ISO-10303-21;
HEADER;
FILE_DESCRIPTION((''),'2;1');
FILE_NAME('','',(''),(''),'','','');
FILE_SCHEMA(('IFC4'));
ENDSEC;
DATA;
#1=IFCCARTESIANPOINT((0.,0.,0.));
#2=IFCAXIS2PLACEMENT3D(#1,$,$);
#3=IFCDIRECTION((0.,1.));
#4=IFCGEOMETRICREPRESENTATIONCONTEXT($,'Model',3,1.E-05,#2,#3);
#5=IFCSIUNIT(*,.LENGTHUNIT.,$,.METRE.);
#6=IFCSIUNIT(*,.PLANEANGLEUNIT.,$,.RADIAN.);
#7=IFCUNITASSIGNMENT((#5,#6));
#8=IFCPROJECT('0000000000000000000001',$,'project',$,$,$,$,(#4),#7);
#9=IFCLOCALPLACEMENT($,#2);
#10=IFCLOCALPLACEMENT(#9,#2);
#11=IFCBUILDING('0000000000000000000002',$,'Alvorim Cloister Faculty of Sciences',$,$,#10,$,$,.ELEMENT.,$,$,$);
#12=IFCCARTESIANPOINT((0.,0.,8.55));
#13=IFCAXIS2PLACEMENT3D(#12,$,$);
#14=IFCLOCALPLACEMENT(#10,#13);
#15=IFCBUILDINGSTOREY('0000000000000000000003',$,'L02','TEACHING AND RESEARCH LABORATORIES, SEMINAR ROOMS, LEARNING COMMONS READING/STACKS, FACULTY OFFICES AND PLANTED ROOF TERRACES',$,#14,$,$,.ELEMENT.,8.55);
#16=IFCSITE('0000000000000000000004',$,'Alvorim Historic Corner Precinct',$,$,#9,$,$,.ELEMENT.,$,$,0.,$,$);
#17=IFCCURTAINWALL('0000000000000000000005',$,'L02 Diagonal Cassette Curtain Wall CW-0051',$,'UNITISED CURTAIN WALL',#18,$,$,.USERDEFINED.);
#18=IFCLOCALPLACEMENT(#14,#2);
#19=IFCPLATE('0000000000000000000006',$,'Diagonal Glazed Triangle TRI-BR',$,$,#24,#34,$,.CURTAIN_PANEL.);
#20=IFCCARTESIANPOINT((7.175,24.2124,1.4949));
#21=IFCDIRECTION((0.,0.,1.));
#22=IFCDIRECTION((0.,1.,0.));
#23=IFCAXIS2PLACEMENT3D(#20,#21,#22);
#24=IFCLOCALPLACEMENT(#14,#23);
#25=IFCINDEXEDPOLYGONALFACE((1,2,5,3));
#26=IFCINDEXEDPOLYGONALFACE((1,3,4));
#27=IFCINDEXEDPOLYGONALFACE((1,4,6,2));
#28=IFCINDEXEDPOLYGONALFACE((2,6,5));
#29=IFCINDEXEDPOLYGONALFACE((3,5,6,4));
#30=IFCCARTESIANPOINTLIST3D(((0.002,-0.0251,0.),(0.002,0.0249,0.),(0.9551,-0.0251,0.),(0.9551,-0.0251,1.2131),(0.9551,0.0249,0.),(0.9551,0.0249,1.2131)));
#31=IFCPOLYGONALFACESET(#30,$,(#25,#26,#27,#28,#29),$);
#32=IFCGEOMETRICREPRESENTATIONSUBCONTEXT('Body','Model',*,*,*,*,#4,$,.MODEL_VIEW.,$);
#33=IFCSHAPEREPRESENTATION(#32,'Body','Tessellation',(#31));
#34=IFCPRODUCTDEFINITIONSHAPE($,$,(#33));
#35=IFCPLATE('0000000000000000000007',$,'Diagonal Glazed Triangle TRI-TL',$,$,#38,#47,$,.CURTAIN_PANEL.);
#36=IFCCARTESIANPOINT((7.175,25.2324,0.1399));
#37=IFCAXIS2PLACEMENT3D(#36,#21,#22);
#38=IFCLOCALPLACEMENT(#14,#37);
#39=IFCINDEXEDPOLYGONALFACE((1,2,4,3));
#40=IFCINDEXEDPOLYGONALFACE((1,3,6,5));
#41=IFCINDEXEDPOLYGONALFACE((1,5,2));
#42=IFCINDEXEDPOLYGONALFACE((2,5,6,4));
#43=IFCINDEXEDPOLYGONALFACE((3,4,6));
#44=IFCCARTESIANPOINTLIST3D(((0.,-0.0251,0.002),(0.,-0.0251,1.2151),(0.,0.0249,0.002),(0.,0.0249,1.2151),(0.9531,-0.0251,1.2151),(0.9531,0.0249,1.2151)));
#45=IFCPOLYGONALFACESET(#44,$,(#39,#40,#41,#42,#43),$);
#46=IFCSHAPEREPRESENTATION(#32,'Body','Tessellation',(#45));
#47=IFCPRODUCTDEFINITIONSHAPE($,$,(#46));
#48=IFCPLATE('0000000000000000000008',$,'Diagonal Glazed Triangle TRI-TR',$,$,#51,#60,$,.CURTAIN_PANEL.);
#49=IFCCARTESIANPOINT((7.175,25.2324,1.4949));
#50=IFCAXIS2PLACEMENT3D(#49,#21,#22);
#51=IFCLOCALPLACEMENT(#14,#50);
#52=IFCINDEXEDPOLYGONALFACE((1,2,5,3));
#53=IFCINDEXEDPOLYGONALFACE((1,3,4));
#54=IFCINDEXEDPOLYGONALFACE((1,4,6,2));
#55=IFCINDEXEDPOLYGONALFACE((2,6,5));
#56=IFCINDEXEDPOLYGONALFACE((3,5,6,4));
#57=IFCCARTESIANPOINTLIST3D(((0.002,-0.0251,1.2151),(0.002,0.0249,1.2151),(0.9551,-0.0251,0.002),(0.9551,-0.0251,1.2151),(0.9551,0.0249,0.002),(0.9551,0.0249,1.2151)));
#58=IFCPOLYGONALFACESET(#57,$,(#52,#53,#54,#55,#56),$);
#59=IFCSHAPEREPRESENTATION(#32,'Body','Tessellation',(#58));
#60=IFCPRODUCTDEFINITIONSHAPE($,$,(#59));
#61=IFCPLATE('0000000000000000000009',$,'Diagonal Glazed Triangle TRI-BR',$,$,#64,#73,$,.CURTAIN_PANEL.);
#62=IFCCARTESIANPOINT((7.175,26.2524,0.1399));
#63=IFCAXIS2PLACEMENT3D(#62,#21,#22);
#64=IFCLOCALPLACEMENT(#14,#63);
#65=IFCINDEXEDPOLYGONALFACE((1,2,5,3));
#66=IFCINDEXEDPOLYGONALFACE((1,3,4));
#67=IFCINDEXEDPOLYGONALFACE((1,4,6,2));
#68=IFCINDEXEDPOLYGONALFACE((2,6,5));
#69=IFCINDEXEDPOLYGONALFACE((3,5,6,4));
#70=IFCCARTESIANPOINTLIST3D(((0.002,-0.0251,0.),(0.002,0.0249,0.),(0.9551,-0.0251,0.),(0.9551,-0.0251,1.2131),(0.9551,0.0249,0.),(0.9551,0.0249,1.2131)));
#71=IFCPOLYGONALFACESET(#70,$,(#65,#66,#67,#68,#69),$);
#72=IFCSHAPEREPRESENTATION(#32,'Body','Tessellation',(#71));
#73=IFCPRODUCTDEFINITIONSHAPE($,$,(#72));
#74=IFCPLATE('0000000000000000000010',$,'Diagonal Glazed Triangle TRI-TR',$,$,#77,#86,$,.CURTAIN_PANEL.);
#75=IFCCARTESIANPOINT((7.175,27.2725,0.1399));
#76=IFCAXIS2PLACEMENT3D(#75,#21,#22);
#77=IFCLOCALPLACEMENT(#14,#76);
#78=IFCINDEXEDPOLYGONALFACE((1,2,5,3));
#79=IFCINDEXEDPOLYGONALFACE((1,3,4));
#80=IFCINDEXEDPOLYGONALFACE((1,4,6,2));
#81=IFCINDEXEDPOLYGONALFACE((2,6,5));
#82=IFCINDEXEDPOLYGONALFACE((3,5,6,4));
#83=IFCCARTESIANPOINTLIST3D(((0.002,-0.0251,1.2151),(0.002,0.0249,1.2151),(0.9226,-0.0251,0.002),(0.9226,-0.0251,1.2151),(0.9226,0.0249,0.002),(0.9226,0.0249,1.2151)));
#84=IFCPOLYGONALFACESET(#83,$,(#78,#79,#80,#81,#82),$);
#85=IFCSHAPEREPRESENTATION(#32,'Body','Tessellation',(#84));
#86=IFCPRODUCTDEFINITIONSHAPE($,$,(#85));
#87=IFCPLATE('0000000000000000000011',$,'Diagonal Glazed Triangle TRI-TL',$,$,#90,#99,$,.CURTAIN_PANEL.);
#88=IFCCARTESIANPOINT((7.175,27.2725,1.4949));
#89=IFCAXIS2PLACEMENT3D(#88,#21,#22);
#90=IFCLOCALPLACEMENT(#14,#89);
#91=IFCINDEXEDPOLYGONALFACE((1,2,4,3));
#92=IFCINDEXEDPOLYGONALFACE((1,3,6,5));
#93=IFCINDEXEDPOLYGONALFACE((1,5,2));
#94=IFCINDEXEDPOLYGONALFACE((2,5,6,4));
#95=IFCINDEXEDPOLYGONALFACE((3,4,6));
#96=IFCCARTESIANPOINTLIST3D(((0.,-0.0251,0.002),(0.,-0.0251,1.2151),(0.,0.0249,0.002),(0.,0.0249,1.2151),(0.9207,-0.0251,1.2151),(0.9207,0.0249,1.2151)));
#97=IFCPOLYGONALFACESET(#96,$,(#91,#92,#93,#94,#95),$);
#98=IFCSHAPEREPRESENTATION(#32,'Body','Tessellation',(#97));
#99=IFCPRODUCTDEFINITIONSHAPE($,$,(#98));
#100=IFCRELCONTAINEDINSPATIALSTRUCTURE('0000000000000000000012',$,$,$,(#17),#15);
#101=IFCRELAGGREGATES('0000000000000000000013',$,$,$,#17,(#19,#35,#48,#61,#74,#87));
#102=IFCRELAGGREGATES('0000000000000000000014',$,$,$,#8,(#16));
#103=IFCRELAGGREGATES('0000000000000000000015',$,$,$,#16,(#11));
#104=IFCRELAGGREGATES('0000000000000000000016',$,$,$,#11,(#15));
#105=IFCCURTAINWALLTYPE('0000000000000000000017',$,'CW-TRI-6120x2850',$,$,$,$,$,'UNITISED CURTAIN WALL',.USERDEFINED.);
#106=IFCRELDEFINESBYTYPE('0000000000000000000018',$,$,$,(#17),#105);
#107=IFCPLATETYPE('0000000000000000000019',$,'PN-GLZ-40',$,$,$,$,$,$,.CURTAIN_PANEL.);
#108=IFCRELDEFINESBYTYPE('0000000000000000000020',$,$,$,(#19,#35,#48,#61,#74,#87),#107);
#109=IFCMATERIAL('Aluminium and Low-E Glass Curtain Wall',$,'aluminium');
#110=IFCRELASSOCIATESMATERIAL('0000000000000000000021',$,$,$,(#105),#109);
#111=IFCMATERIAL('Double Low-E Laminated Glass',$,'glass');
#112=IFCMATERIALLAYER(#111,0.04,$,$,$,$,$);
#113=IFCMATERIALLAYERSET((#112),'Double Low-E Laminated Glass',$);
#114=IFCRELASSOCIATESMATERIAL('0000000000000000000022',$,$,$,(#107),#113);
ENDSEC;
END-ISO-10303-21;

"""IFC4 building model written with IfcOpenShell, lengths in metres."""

from ifc_helpers import new_model, si_unit, direction, frame, origin, place, context, subcontext, project, spatial, polyline, outline, extrude, material, layer, layer_set, type_object, element, aggregate, save


model = new_model("IFC4")

# Units and contexts
model_context = context("Model", 3, precision=1e-05, world=origin(), true_north=direction((0.0, 1.0)))
body_context = subcontext(model_context, "Body", "Model", "MODEL_VIEW")
ifc_project = project(units=[si_unit("LENGTHUNIT", "METRE"), si_unit("PLANEANGLEUNIT", "RADIAN")], contexts=[model_context])

# Site, building, storey
site_placement = place(None, origin())
site = spatial("IfcSite", under=ifc_project, at=site_placement, Name="Alvorim Historic Corner Precinct", CompositionType="ELEMENT", RefElevation=0.0)
building_placement = place(site_placement, origin())
building = spatial("IfcBuilding", under=site, at=building_placement, Name="Alvorim Cloister Faculty of Sciences", CompositionType="ELEMENT")
storey_placement = place(building_placement, frame((0.0, 0.0, 8.55)))
storey = spatial("IfcBuildingStorey", under=building, at=storey_placement, Name="L02", Description="TEACHING AND RESEARCH LABORATORIES, SEMINAR ROOMS, LEARNING COMMONS READING/STACKS, FACULTY OFFICES AND PLANTED ROOF TERRACES", CompositionType="ELEMENT", Elevation=8.55)

# Curtain wall
ifc_material_1 = material(Name="Aluminium and Low-E Glass Curtain Wall", Category="aluminium")
curtain_wall_type = type_object("IfcCurtainWallType", Name="CW-TRI-6120x2850", ElementType="UNITISED CURTAIN WALL", PredefinedType="USERDEFINED", material=ifc_material_1)
curtain_wall_placement = place(storey_placement, origin())
curtain_wall = element("IfcCurtainWall", 1, at=curtain_wall_placement, inside=storey, type_object=curtain_wall_type, Name="L02 Diagonal Cassette Curtain Wall CW-0051", ObjectType="UNITISED CURTAIN WALL", PredefinedType="USERDEFINED")

# Plates
ifc_material_2 = material(Name="Double Low-E Laminated Glass", Category="glass")
ifc_layer_1 = layer(ifc_material_2, 0.04)
ifc_layer_set_1 = layer_set([ifc_layer_1], Name="Double Low-E Laminated Glass")
plate_type_1 = type_object("IfcPlateType", Name="PN-GLZ-40", PredefinedType="CURTAIN_PANEL", material=ifc_layer_set_1)
plate_1_placement = place(storey_placement, frame((7.175, 24.2124, 1.4949), z_axis=(0.0, 0.0, 1.0), x_axis=(0.0, 1.0, 0.0)))
plate_1 = element("IfcPlate", 2, at=plate_1_placement, type_object=plate_type_1, Name="Diagonal Glazed Triangle TRI-BR", PredefinedType="CURTAIN_PANEL", context=body_context, shape_type="SweptSolid", body=[
    extrude(outline(polyline([(0.002, 0.0), (0.9551, 0.0), (0.9551, 1.2131), (0.002, 0.0)])), frame((0.0, 0.0249, 0.0), z_axis=(0.0, -1.0, 0.0), x_axis=(1.0, 0.0, 0.0)), (0.0, 0.0, 1.0), 0.05),
])
plate_2_placement = place(storey_placement, frame((7.175, 25.2324, 0.1399), z_axis=(0.0, 0.0, 1.0), x_axis=(0.0, 1.0, 0.0)))
plate_2 = element("IfcPlate", 3, at=plate_2_placement, type_object=plate_type_1, Name="Diagonal Glazed Triangle TRI-TL", PredefinedType="CURTAIN_PANEL", context=body_context, shape_type="SweptSolid", body=[
    extrude(outline(polyline([(0.9531, 1.2151), (0.0, 1.2151), (0.0, 0.002), (0.9531, 1.2151)])), frame((0.0, 0.0249, 0.0), z_axis=(0.0, -1.0, 0.0), x_axis=(1.0, 0.0, 0.0)), (0.0, 0.0, 1.0), 0.05),
])
plate_3_placement = place(storey_placement, frame((7.175, 25.2324, 1.4949), z_axis=(0.0, 0.0, 1.0), x_axis=(0.0, 1.0, 0.0)))
plate_3 = element("IfcPlate", 4, at=plate_3_placement, type_object=plate_type_1, Name="Diagonal Glazed Triangle TRI-TR", PredefinedType="CURTAIN_PANEL", context=body_context, shape_type="SweptSolid", body=[
    extrude(outline(polyline([(0.9551, 0.002), (0.9551, 1.2151), (0.002, 1.2151), (0.9551, 0.002)])), frame((0.0, 0.0249, 0.0), z_axis=(0.0, -1.0, 0.0), x_axis=(1.0, 0.0, 0.0)), (0.0, 0.0, 1.0), 0.05),
])
plate_4_placement = place(storey_placement, frame((7.175, 26.2524, 0.1399), z_axis=(0.0, 0.0, 1.0), x_axis=(0.0, 1.0, 0.0)))
plate_4 = element("IfcPlate", 5, at=plate_4_placement, type_object=plate_type_1, Name="Diagonal Glazed Triangle TRI-BR", PredefinedType="CURTAIN_PANEL", context=body_context, shape_type="SweptSolid", body=[
    extrude(outline(polyline([(0.002, 0.0), (0.9551, 0.0), (0.9551, 1.2131), (0.002, 0.0)])), frame((0.0, 0.0249, 0.0), z_axis=(0.0, -1.0, 0.0), x_axis=(1.0, 0.0, 0.0)), (0.0, 0.0, 1.0), 0.05),
])
plate_5_placement = place(storey_placement, frame((7.175, 27.2725, 0.1399), z_axis=(0.0, 0.0, 1.0), x_axis=(0.0, 1.0, 0.0)))
plate_5 = element("IfcPlate", 6, at=plate_5_placement, type_object=plate_type_1, Name="Diagonal Glazed Triangle TRI-TR", PredefinedType="CURTAIN_PANEL", context=body_context, shape_type="SweptSolid", body=[
    extrude(outline(polyline([(0.9226, 0.002), (0.9226, 1.2151), (0.002, 1.2151), (0.9226, 0.002)])), frame((0.0, 0.0249, 0.0), z_axis=(0.0, -1.0, 0.0), x_axis=(1.0, 0.0, 0.0)), (0.0, 0.0, 1.0), 0.05),
])
plate_6_placement = place(storey_placement, frame((7.175, 27.2725, 1.4949), z_axis=(0.0, 0.0, 1.0), x_axis=(0.0, 1.0, 0.0)))
plate_6 = element("IfcPlate", 7, at=plate_6_placement, type_object=plate_type_1, Name="Diagonal Glazed Triangle TRI-TL", PredefinedType="CURTAIN_PANEL", context=body_context, shape_type="SweptSolid", body=[
    extrude(outline(polyline([(0.9207, 1.2151), (0.0, 1.2151), (0.0, 0.002), (0.9207, 1.2151)])), frame((0.0, 0.0249, 0.0), z_axis=(0.0, -1.0, 0.0), x_axis=(1.0, 0.0, 0.0)), (0.0, 0.0, 1.0), 0.05),
])
aggregate(curtain_wall, [plate_1, plate_2, plate_3, plate_4, plate_5, plate_6])

save(model, "model.ifc")
